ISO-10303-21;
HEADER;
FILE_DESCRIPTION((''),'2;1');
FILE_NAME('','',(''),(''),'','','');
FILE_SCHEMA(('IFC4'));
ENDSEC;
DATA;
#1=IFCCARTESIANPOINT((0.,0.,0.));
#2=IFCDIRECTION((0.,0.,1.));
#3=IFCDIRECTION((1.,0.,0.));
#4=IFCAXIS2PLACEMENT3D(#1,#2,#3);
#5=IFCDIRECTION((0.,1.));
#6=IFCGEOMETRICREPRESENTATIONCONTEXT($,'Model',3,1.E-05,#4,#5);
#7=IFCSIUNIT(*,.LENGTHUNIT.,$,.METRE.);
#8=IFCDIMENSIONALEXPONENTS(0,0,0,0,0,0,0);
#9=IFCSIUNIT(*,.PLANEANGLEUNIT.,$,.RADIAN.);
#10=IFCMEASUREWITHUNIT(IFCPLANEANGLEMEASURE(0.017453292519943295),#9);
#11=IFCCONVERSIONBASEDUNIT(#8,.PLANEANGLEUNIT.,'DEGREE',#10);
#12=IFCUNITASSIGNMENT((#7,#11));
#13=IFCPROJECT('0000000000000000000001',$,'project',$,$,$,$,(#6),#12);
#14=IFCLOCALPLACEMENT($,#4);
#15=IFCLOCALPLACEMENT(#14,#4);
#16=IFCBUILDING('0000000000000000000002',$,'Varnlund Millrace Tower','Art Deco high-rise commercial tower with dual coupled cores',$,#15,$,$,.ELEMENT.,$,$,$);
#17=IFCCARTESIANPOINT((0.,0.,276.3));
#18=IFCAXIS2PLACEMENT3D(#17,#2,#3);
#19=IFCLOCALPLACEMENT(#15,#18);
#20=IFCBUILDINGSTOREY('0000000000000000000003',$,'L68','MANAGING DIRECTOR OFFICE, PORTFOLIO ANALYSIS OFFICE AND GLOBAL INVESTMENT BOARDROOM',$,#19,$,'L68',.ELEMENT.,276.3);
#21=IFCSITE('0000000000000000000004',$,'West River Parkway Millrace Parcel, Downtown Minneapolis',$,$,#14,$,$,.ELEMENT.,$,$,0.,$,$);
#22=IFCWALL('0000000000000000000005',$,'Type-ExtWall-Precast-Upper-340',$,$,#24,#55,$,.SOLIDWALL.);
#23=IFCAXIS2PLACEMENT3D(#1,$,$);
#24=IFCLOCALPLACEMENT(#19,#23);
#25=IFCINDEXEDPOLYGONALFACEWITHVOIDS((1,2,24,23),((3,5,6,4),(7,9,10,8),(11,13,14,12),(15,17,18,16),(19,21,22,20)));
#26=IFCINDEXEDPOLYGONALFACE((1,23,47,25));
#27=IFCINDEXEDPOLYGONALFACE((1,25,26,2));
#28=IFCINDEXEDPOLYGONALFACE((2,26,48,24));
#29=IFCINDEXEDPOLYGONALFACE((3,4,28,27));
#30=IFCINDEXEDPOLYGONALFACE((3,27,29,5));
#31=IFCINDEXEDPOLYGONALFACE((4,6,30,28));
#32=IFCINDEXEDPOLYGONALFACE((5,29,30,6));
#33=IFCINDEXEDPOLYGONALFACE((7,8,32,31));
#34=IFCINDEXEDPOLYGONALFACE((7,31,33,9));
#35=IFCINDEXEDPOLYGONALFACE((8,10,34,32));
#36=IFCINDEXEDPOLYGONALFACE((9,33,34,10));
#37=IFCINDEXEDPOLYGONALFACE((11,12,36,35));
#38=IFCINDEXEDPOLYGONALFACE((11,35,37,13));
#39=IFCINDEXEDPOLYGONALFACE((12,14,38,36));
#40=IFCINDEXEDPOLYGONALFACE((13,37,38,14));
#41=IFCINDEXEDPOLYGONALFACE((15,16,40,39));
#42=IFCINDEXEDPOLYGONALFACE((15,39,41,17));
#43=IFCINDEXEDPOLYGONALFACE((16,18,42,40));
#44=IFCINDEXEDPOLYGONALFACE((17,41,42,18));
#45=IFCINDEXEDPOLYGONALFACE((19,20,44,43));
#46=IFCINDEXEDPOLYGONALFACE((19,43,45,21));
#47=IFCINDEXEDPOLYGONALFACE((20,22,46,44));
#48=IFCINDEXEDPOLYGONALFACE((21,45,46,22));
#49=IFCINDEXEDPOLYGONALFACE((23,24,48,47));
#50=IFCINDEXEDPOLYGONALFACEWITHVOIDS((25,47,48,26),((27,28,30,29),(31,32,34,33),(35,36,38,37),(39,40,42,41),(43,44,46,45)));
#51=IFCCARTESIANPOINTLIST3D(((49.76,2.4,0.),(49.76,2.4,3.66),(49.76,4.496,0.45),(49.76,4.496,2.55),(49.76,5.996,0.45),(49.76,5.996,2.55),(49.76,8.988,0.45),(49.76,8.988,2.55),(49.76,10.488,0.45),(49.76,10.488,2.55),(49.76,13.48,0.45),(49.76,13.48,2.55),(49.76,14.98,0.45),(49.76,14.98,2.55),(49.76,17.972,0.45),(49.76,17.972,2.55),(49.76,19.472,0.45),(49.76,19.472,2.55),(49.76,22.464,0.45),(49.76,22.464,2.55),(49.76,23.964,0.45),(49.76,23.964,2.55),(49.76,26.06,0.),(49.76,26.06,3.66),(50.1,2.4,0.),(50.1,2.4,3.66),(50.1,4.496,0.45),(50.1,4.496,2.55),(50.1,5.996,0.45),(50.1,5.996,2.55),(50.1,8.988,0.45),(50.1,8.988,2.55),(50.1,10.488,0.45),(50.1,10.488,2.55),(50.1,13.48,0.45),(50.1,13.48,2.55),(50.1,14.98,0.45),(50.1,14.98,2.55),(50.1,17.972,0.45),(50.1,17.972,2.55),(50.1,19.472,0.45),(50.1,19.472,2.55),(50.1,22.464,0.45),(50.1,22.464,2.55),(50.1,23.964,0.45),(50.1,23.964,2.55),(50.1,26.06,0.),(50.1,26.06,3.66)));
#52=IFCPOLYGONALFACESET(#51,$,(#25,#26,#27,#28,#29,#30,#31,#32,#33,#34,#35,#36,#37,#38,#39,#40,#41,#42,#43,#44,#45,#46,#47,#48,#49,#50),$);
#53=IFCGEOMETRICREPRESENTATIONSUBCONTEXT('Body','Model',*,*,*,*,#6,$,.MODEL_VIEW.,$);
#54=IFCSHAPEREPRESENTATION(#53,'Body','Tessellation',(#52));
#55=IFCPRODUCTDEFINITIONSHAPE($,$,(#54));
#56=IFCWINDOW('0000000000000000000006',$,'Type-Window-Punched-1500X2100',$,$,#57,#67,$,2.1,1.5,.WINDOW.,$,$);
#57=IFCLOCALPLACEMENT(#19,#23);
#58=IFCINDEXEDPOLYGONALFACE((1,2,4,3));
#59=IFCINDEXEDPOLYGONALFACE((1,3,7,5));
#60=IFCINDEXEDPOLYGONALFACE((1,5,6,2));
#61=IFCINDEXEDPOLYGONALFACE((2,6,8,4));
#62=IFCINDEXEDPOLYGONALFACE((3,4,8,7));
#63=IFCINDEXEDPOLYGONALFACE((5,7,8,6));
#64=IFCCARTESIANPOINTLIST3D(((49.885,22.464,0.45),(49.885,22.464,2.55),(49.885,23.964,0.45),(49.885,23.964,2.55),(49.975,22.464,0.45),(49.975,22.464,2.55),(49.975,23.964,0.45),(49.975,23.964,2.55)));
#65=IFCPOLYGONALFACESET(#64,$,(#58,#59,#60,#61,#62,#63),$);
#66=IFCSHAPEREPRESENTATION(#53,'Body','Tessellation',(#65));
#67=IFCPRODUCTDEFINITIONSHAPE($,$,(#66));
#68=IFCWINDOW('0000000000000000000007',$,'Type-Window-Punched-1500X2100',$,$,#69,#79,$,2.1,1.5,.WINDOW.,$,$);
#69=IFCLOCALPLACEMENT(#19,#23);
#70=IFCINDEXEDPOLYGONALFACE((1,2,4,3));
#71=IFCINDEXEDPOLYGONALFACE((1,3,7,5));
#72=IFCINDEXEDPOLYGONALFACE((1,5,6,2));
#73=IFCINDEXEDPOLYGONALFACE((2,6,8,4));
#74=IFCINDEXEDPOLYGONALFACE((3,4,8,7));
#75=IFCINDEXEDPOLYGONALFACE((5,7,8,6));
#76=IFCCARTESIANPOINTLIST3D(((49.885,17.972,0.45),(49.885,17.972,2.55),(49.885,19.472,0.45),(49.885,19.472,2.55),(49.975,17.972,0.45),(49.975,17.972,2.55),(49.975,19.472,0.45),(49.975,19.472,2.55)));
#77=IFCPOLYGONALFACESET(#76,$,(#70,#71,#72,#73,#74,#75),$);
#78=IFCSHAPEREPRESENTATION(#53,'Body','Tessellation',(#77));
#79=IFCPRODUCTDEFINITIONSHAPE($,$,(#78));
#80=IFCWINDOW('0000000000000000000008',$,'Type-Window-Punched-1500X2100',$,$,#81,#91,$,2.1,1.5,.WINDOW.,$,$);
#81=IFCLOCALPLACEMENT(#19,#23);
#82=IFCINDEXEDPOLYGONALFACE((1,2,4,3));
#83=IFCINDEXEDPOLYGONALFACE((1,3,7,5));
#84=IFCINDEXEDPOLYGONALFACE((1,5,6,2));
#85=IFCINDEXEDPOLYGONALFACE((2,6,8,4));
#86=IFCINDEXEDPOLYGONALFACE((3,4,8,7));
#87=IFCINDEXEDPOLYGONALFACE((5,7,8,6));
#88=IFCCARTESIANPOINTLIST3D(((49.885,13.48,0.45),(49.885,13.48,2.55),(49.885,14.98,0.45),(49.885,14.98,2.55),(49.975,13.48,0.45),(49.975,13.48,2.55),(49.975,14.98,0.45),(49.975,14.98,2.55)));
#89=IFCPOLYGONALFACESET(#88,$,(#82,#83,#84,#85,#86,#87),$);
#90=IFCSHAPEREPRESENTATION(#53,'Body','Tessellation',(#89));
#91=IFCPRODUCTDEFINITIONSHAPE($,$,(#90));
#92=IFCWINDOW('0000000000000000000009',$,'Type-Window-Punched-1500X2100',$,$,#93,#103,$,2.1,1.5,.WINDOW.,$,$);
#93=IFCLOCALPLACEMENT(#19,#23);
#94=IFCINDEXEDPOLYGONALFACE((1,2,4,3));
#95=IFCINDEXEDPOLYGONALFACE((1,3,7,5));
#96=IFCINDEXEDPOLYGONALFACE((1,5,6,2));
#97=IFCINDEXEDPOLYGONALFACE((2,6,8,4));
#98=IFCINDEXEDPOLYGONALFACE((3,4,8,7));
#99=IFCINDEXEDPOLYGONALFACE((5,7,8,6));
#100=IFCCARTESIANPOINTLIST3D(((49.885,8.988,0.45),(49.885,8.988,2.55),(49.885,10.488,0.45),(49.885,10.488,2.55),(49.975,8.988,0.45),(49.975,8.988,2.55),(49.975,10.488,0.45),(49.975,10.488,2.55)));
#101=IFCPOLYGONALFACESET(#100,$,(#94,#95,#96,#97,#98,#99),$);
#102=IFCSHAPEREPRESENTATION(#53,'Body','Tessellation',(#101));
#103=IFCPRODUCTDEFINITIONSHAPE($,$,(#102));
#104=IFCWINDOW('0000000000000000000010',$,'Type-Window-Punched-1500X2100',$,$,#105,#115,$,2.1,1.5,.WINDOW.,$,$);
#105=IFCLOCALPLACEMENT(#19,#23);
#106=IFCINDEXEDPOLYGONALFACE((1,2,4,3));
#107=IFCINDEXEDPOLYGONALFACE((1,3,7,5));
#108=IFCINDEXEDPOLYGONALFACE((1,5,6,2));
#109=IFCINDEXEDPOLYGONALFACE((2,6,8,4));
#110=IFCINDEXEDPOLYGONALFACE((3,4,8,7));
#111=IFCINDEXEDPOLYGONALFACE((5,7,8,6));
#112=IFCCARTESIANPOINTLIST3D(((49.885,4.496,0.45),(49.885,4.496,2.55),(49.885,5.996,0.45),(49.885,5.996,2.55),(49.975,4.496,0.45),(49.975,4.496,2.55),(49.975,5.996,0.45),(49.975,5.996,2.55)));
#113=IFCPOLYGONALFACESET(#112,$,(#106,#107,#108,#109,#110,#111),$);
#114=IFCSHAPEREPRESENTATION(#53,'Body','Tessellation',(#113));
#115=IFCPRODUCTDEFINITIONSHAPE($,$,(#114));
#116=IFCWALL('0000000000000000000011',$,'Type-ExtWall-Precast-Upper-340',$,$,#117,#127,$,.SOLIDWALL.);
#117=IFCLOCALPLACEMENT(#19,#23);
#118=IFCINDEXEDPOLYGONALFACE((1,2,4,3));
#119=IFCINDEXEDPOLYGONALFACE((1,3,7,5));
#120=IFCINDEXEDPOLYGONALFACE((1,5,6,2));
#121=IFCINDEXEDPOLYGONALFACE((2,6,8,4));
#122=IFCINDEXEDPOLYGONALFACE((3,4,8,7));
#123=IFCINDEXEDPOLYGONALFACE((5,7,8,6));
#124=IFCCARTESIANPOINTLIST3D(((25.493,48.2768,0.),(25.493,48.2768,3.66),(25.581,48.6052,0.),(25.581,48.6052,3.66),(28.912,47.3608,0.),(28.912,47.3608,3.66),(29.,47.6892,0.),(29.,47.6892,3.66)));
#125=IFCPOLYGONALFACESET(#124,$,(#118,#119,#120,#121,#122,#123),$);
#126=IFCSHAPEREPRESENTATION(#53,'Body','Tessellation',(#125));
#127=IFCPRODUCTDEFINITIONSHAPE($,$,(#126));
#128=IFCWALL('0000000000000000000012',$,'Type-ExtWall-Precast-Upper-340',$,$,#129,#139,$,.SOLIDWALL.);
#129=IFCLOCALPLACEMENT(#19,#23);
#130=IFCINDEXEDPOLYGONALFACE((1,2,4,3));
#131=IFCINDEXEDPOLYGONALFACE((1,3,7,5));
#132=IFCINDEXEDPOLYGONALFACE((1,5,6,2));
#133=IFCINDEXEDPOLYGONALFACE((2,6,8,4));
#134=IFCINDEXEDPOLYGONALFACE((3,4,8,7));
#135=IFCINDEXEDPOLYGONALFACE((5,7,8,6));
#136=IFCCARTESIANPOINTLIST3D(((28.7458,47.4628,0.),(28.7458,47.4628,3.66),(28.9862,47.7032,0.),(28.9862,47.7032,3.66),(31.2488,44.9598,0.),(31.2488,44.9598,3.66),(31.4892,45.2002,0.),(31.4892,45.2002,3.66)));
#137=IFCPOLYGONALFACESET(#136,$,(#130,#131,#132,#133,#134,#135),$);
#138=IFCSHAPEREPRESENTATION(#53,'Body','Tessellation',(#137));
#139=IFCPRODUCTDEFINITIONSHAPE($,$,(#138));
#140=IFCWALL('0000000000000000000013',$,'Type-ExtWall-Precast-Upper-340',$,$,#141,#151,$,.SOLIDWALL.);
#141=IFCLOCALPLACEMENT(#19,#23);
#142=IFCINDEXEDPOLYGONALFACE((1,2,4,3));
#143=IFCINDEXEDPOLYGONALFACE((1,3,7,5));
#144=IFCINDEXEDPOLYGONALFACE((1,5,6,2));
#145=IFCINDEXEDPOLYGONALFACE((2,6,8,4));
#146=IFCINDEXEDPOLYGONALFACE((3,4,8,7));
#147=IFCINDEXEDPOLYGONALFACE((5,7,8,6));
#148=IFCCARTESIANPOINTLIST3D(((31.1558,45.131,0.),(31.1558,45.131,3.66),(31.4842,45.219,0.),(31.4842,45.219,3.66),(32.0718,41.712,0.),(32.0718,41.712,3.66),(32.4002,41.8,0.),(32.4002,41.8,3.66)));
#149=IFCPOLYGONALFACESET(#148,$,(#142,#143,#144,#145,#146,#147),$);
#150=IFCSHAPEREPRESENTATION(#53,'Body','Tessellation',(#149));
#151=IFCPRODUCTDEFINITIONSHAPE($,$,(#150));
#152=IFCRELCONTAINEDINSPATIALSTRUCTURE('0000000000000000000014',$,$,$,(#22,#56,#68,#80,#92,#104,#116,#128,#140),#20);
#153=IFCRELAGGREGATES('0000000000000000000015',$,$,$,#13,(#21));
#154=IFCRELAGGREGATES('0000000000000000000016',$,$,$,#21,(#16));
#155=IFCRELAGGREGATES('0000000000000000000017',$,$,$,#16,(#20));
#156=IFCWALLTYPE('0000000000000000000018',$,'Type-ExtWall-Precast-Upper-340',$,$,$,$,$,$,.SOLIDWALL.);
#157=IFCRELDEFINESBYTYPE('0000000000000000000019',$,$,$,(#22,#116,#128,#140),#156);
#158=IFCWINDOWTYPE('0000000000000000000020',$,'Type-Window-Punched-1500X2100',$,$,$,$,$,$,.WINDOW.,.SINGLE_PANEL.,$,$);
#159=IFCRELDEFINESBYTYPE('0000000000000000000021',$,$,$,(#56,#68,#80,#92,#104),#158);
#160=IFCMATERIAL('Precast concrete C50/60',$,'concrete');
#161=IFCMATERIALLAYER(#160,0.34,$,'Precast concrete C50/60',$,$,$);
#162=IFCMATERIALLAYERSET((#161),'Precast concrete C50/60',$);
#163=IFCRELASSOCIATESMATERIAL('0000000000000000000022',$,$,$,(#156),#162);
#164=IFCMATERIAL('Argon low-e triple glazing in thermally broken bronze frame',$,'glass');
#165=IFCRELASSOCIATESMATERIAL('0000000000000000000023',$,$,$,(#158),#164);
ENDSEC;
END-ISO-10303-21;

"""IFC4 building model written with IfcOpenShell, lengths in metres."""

from ifc_helpers import new_model, entity, si_unit, converted_unit, direction, frame, origin_with_axes, origin_2d_with_axis, place, context, subcontext, project, spatial, polyline, rectangle, outline, extrude, material, layer, layer_set, type_object, element, fill, save


model = new_model("IFC4")

# Units and contexts
model_context = context("Model", 3, precision=1e-05, world=origin_with_axes(), true_north=direction((0.0, 1.0)))
body_context = subcontext(model_context, "Body", "Model", "MODEL_VIEW")
ifc_project = project(units=[si_unit("LENGTHUNIT", "METRE"), converted_unit("PLANEANGLEUNIT", "DEGREE", entity("IfcPlaneAngleMeasure", 0.017453292519943295), si_unit("PLANEANGLEUNIT", "RADIAN"), dimensions=[0, 0, 0, 0, 0, 0, 0])], contexts=[model_context])

# Site, building, storey
site_placement = place(None, origin_with_axes())
site = spatial("IfcSite", under=ifc_project, at=site_placement, Name="West River Parkway Millrace Parcel, Downtown Minneapolis", CompositionType="ELEMENT", RefElevation=0.0)
building_placement = place(site_placement, origin_with_axes())
building = spatial("IfcBuilding", under=site, at=building_placement, Name="Varnlund Millrace Tower", Description="Art Deco high-rise commercial tower with dual coupled cores", CompositionType="ELEMENT")
storey_placement = place(building_placement, frame((0.0, 0.0, 276.3), z_axis=(0.0, 0.0, 1.0), x_axis=(1.0, 0.0, 0.0)))
storey = spatial("IfcBuildingStorey", under=building, at=storey_placement, Name="L68", Description="MANAGING DIRECTOR OFFICE, PORTFOLIO ANALYSIS OFFICE AND GLOBAL INVESTMENT BOARDROOM", LongName="L68", CompositionType="ELEMENT", Elevation=276.3)

# Shared definitions
ifc_material_1 = material(Name="Precast concrete C50/60", Category="concrete")
ifc_layer_1 = layer(ifc_material_1, 0.34, Name="Precast concrete C50/60")
ifc_layer_set_1 = layer_set([ifc_layer_1], Name="Precast concrete C50/60")
wall_type_1 = type_object("IfcWallType", Name="Type-ExtWall-Precast-Upper-340", PredefinedType="SOLIDWALL", material=ifc_layer_set_1)
ifc_material_2 = material(Name="Argon low-e triple glazing in thermally broken bronze frame", Category="glass")
window_type = type_object("IfcWindowType", Name="Type-Window-Punched-1500X2100", PartitioningType="SINGLE_PANEL", PredefinedType="WINDOW", material=ifc_material_2)

# Wall, openings, windows
wall_1_placement = place(storey_placement, frame((49.93, 26.06, 0.0), z_axis=(0.0, 0.0, 1.0), x_axis=(0.0, -1.0, 0.0)))
wall_1 = element("IfcWall", 1, at=wall_1_placement, inside=storey, type_object=wall_type_1, Name="Type-ExtWall-Precast-Upper-340", PredefinedType="SOLIDWALL", context=body_context, shape_type="SweptSolid", body=[
    extrude(outline(polyline([(0.0, -0.17), (23.66, -0.17), (23.66, 0.17), (0.0, 0.17), (0.0, -0.17)])), origin_with_axes(), (0.0, 0.0, 1.0), 3.66),
])
opening_1_placement = place(wall_1_placement, frame((2.846, 0.0, 0.45), z_axis=(0.0, 0.0, 1.0), x_axis=(1.0, 0.0, 0.0)))
opening_1 = element("IfcOpeningElement", 2, at=opening_1_placement, cuts=wall_1, PredefinedType="OPENING", context=body_context, shape_type="SweptSolid", body=[
    extrude(rectangle(XDim=1.5, YDim=0.36, at=origin_2d_with_axis()), origin_with_axes(), (0.0, 0.0, 1.0), 2.1),
])
opening_2_placement = place(wall_1_placement, frame((7.338, 0.0, 0.45), z_axis=(0.0, 0.0, 1.0), x_axis=(1.0, 0.0, 0.0)))
opening_2 = element("IfcOpeningElement", 3, at=opening_2_placement, cuts=wall_1, PredefinedType="OPENING", context=body_context, shape_type="SweptSolid", body=[
    extrude(rectangle(XDim=1.5, YDim=0.36, at=origin_2d_with_axis()), origin_with_axes(), (0.0, 0.0, 1.0), 2.1),
])
opening_3_placement = place(wall_1_placement, frame((11.83, 0.0, 0.45), z_axis=(0.0, 0.0, 1.0), x_axis=(1.0, 0.0, 0.0)))
opening_3 = element("IfcOpeningElement", 4, at=opening_3_placement, cuts=wall_1, PredefinedType="OPENING", context=body_context, shape_type="SweptSolid", body=[
    extrude(rectangle(XDim=1.5, YDim=0.36, at=origin_2d_with_axis()), origin_with_axes(), (0.0, 0.0, 1.0), 2.1),
])
opening_4_placement = place(wall_1_placement, frame((16.322, 0.0, 0.45), z_axis=(0.0, 0.0, 1.0), x_axis=(1.0, 0.0, 0.0)))
opening_4 = element("IfcOpeningElement", 5, at=opening_4_placement, cuts=wall_1, PredefinedType="OPENING", context=body_context, shape_type="SweptSolid", body=[
    extrude(rectangle(XDim=1.5, YDim=0.36, at=origin_2d_with_axis()), origin_with_axes(), (0.0, 0.0, 1.0), 2.1),
])
opening_5_placement = place(wall_1_placement, frame((20.814, 0.0, 0.45), z_axis=(0.0, 0.0, 1.0), x_axis=(1.0, 0.0, 0.0)))
opening_5 = element("IfcOpeningElement", 6, at=opening_5_placement, cuts=wall_1, PredefinedType="OPENING", context=body_context, shape_type="SweptSolid", body=[
    extrude(rectangle(XDim=1.5, YDim=0.36, at=origin_2d_with_axis()), origin_with_axes(), (0.0, 0.0, 1.0), 2.1),
])
window_1_placement = place(wall_1_placement, frame((2.846, 0.0, 0.45), z_axis=(0.0, 0.0, 1.0), x_axis=(1.0, 0.0, 0.0)))
window_1 = element("IfcWindow", 7, at=window_1_placement, inside=storey, type_object=window_type, Name="Type-Window-Punched-1500X2100", OverallHeight=2.1, OverallWidth=1.5, PredefinedType="WINDOW", context=body_context, shape_type="SweptSolid", body=[
    extrude(rectangle(XDim=1.5, YDim=0.09, at=origin_2d_with_axis()), origin_with_axes(), (0.0, 0.0, 1.0), 2.1),
])
fill(opening_1, window_1)
window_2_placement = place(wall_1_placement, frame((7.338, 0.0, 0.45), z_axis=(0.0, 0.0, 1.0), x_axis=(1.0, 0.0, 0.0)))
window_2 = element("IfcWindow", 8, at=window_2_placement, inside=storey, type_object=window_type, Name="Type-Window-Punched-1500X2100", OverallHeight=2.1, OverallWidth=1.5, PredefinedType="WINDOW", context=body_context, shape_type="SweptSolid", body=[
    extrude(rectangle(XDim=1.5, YDim=0.09, at=origin_2d_with_axis()), origin_with_axes(), (0.0, 0.0, 1.0), 2.1),
])
fill(opening_2, window_2)
window_3_placement = place(wall_1_placement, frame((11.83, 0.0, 0.45), z_axis=(0.0, 0.0, 1.0), x_axis=(1.0, 0.0, 0.0)))
window_3 = element("IfcWindow", 9, at=window_3_placement, inside=storey, type_object=window_type, Name="Type-Window-Punched-1500X2100", OverallHeight=2.1, OverallWidth=1.5, PredefinedType="WINDOW", context=body_context, shape_type="SweptSolid", body=[
    extrude(rectangle(XDim=1.5, YDim=0.09, at=origin_2d_with_axis()), origin_with_axes(), (0.0, 0.0, 1.0), 2.1),
])
fill(opening_3, window_3)
window_4_placement = place(wall_1_placement, frame((16.322, 0.0, 0.45), z_axis=(0.0, 0.0, 1.0), x_axis=(1.0, 0.0, 0.0)))
window_4 = element("IfcWindow", 10, at=window_4_placement, inside=storey, type_object=window_type, Name="Type-Window-Punched-1500X2100", OverallHeight=2.1, OverallWidth=1.5, PredefinedType="WINDOW", context=body_context, shape_type="SweptSolid", body=[
    extrude(rectangle(XDim=1.5, YDim=0.09, at=origin_2d_with_axis()), origin_with_axes(), (0.0, 0.0, 1.0), 2.1),
])
fill(opening_4, window_4)
window_5_placement = place(wall_1_placement, frame((20.814, 0.0, 0.45), z_axis=(0.0, 0.0, 1.0), x_axis=(1.0, 0.0, 0.0)))
window_5 = element("IfcWindow", 11, at=window_5_placement, inside=storey, type_object=window_type, Name="Type-Window-Punched-1500X2100", OverallHeight=2.1, OverallWidth=1.5, PredefinedType="WINDOW", context=body_context, shape_type="SweptSolid", body=[
    extrude(rectangle(XDim=1.5, YDim=0.09, at=origin_2d_with_axis()), origin_with_axes(), (0.0, 0.0, 1.0), 2.1),
])
fill(opening_5, window_5)

# Walls
wall_2_placement = place(storey_placement, frame((25.537, 48.441, 0.0), z_axis=(0.0, 0.0, 1.0), x_axis=(0.965934, -0.258788, 0.0)))
element("IfcWall", 12, at=wall_2_placement, inside=storey, type_object=wall_type_1, Name="Type-ExtWall-Precast-Upper-340", PredefinedType="SOLIDWALL", context=body_context, shape_type="SweptSolid", body=[
    extrude(outline(polyline([(0.0, -0.17), (3.5396, -0.17), (3.5396, 0.17), (0.0, 0.17), (0.0, -0.17)])), origin_with_axes(), (0.0, 0.0, 1.0), 3.66),
])
wall_3_placement = place(storey_placement, frame((28.866, 47.583, 0.0), z_axis=(0.0, 0.0, 1.0), x_axis=(0.707107, -0.707107, 0.0)))
element("IfcWall", 13, at=wall_3_placement, inside=storey, type_object=wall_type_1, Name="Type-ExtWall-Precast-Upper-340", PredefinedType="SOLIDWALL", context=body_context, shape_type="SweptSolid", body=[
    extrude(outline(polyline([(0.0, -0.17), (3.5398, -0.17), (3.5398, 0.17), (0.0, 0.17), (0.0, -0.17)])), origin_with_axes(), (0.0, 0.0, 1.0), 3.66),
])
wall_4_placement = place(storey_placement, frame((31.32, 45.175, 0.0), z_axis=(0.0, 0.0, 1.0), x_axis=(0.258788, -0.965934, 0.0)))
element("IfcWall", 14, at=wall_4_placement, inside=storey, type_object=wall_type_1, Name="Type-ExtWall-Precast-Upper-340", PredefinedType="SOLIDWALL", context=body_context, shape_type="SweptSolid", body=[
    extrude(outline(polyline([(0.0, -0.17), (3.5396, -0.17), (3.5396, 0.17), (0.0, 0.17), (0.0, -0.17)])), origin_with_axes(), (0.0, 0.0, 1.0), 3.66),
])

save(model, "model.ifc")
